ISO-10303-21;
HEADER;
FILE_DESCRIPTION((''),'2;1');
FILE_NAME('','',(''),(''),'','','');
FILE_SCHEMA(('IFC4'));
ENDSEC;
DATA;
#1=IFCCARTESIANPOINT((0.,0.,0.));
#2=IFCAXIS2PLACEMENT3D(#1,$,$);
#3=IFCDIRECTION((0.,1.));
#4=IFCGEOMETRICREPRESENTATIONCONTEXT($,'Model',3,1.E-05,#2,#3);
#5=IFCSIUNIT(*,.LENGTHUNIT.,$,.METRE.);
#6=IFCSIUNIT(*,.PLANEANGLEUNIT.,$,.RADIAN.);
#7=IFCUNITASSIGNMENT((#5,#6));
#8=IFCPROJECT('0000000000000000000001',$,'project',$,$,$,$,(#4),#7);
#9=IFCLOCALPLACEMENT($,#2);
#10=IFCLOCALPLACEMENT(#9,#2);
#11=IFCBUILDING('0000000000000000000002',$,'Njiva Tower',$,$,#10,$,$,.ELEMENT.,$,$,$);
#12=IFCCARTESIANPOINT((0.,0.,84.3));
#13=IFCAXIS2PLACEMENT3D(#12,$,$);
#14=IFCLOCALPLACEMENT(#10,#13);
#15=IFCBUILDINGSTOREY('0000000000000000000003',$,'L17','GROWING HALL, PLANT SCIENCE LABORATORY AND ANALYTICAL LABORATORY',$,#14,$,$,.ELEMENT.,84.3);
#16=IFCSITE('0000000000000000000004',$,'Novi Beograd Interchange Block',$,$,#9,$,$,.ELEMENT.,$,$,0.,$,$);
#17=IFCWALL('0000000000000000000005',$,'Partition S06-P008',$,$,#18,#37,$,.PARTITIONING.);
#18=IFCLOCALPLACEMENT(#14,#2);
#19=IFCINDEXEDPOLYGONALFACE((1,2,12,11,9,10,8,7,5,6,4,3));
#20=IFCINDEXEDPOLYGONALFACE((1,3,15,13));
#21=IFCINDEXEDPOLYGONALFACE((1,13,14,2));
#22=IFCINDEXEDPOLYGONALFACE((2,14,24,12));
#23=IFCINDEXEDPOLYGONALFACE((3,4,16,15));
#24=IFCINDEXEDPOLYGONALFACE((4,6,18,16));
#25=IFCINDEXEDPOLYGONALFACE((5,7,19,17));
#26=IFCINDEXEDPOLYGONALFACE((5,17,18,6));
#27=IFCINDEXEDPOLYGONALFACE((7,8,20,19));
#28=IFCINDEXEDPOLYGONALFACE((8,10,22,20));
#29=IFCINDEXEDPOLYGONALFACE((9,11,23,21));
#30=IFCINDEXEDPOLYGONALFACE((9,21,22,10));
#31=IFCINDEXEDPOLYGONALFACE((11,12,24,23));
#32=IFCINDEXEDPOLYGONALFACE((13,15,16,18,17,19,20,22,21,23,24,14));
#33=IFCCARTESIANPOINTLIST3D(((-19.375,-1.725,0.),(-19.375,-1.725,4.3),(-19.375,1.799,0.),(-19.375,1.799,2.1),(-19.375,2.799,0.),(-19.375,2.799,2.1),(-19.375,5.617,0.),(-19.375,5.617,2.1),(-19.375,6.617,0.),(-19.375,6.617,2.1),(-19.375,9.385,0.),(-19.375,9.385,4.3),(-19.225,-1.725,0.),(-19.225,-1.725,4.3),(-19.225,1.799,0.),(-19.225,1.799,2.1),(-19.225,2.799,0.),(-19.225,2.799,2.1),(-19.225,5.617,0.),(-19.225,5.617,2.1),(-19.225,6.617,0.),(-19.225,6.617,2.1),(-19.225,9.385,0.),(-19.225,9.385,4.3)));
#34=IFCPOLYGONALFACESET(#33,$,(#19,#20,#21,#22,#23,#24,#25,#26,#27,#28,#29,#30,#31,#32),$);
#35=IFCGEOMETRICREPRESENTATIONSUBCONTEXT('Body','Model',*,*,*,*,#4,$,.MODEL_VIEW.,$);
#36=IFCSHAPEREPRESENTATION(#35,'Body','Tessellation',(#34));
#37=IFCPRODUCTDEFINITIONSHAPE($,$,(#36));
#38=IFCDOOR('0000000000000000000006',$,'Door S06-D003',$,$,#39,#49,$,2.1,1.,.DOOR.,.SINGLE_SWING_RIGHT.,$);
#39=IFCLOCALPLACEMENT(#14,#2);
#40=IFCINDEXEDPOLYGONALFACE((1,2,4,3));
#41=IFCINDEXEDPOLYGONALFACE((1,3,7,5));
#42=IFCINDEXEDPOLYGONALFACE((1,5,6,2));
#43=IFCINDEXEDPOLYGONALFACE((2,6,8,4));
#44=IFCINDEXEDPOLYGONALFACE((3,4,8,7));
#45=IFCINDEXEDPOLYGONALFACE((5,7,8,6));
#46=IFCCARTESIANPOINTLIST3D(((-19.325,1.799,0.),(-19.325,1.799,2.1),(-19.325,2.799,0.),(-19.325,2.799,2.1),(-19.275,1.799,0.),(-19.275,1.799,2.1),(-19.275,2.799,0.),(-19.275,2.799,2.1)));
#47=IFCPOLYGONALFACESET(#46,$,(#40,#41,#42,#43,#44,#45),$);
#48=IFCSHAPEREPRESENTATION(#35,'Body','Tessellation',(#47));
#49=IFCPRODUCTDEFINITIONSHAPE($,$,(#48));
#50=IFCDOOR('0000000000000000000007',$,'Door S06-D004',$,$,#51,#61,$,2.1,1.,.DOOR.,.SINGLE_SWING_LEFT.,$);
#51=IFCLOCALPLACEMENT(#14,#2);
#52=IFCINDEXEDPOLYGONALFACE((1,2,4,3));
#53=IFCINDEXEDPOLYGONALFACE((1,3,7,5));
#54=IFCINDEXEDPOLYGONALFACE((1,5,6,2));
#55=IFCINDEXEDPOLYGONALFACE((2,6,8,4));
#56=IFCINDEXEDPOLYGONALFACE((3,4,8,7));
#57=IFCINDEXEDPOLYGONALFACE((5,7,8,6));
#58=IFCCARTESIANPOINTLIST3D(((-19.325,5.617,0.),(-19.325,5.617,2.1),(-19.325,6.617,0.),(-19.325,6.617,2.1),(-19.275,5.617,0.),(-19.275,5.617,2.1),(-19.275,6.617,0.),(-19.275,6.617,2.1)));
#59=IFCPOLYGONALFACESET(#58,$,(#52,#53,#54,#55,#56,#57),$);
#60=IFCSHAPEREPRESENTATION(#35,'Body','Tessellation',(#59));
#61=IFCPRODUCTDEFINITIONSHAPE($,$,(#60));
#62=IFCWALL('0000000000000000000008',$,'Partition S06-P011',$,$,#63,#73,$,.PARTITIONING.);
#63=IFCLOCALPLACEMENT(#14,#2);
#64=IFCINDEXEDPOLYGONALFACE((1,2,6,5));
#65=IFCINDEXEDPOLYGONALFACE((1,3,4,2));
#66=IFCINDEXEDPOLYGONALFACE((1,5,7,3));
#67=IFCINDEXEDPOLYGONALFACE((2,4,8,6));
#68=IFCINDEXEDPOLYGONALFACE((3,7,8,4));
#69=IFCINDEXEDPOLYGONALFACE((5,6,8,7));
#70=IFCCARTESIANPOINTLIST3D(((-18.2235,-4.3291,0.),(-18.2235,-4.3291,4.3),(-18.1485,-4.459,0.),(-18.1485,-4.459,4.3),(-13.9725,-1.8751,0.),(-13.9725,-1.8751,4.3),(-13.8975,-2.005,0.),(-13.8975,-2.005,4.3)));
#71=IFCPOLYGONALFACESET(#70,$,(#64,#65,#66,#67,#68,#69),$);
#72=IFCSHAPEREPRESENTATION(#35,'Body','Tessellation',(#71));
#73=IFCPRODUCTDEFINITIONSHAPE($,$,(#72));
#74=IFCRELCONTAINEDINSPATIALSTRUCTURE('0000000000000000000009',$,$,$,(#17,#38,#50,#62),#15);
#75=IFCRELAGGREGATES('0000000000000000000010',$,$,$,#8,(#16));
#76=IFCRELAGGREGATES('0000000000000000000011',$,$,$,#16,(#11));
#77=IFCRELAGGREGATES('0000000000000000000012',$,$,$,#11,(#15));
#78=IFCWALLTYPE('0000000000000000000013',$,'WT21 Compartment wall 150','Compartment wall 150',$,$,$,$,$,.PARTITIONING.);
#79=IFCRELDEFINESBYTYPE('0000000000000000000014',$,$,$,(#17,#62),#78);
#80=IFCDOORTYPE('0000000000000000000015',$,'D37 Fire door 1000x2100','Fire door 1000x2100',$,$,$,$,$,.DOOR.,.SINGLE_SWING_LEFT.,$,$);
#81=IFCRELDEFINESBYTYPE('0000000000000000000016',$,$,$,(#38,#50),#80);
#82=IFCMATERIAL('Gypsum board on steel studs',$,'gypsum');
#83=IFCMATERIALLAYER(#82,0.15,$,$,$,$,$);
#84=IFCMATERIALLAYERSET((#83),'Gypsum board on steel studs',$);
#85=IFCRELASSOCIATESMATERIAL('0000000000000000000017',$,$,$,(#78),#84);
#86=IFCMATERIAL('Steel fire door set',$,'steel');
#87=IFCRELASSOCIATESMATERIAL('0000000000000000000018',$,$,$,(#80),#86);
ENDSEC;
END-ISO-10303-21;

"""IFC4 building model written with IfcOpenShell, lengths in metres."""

from ifc_helpers import new_model, si_unit, direction, frame, frame_2d, origin, place, context, subcontext, project, spatial, rectangle, extrude, material, layer, layer_set, type_object, element, fill, save


model = new_model("IFC4")

# Units and contexts
model_context = context("Model", 3, precision=1e-05, world=origin(), true_north=direction((0.0, 1.0)))
body_context = subcontext(model_context, "Body", "Model", "MODEL_VIEW")
ifc_project = project(units=[si_unit("LENGTHUNIT", "METRE"), si_unit("PLANEANGLEUNIT", "RADIAN")], contexts=[model_context])

# Site, building, storey
site_placement = place(None, origin())
site = spatial("IfcSite", under=ifc_project, at=site_placement, Name="Novi Beograd Interchange Block", CompositionType="ELEMENT", RefElevation=0.0)
building_placement = place(site_placement, origin())
building = spatial("IfcBuilding", under=site, at=building_placement, Name="Njiva Tower", CompositionType="ELEMENT")
storey_placement = place(building_placement, frame((0.0, 0.0, 84.3)))
storey = spatial("IfcBuildingStorey", under=building, at=storey_placement, Name="L17", Description="GROWING HALL, PLANT SCIENCE LABORATORY AND ANALYTICAL LABORATORY", CompositionType="ELEMENT", Elevation=84.3)

# Shared definitions
ifc_material_1 = material(Name="Gypsum board on steel studs", Category="gypsum")

# Shared definitions
ifc_layer_1 = layer(ifc_material_1, 0.15)
ifc_layer_set_1 = layer_set([ifc_layer_1], Name="Gypsum board on steel studs")
wall_type_1 = type_object("IfcWallType", Name="WT21 Compartment wall 150", Description="Compartment wall 150", PredefinedType="PARTITIONING", material=ifc_layer_set_1)
ifc_material_2 = material(Name="Steel fire door set", Category="steel")
door_type = type_object("IfcDoorType", Name="D37 Fire door 1000x2100", Description="Fire door 1000x2100", OperationType="SINGLE_SWING_LEFT", PredefinedType="DOOR", material=ifc_material_2)

# Wall, openings, doors
wall_1_placement = place(storey_placement, frame((-19.3, -1.725, 0.0), z_axis=(0.0, 0.0, 1.0), x_axis=(0.0, 1.0, 0.0)))
wall_1 = element("IfcWall", 1, at=wall_1_placement, inside=storey, type_object=wall_type_1, Name="Partition S06-P008", PredefinedType="PARTITIONING", context=body_context, shape_type="SweptSolid", body=[
    extrude(rectangle(XDim=11.11, YDim=0.15, at=frame_2d((5.555, 0.0))), origin(), (0.0, 0.0, 1.0), 4.3),
])
opening_1_placement = place(wall_1_placement, frame((3.524, 0.0, 0.0)))
opening_1 = element("IfcOpeningElement", 2, at=opening_1_placement, cuts=wall_1, PredefinedType="OPENING", context=body_context, shape_type="SweptSolid", body=[
    extrude(rectangle(XDim=1.0, YDim=2.1, at=frame_2d((0.5, 1.05))), frame((0.0, 0.085, 0.0), z_axis=(0.0, -1.0, 0.0), x_axis=(1.0, 0.0, 0.0)), (0.0, 0.0, 1.0), 0.17),
])
opening_2_placement = place(wall_1_placement, frame((7.342, 0.0, 0.0)))
opening_2 = element("IfcOpeningElement", 3, at=opening_2_placement, cuts=wall_1, PredefinedType="OPENING", context=body_context, shape_type="SweptSolid", body=[
    extrude(rectangle(XDim=1.0, YDim=2.1, at=frame_2d((0.5, 1.05))), frame((0.0, 0.085, 0.0), z_axis=(0.0, -1.0, 0.0), x_axis=(1.0, 0.0, 0.0)), (0.0, 0.0, 1.0), 0.17),
])
door_1_placement = place(opening_1_placement, origin())
door_1 = element("IfcDoor", 4, at=door_1_placement, inside=storey, type_object=door_type, Name="Door S06-D003", OperationType="SINGLE_SWING_RIGHT", OverallHeight=2.1, OverallWidth=1.0, PredefinedType="DOOR", context=body_context, shape_type="SweptSolid", body=[
    extrude(rectangle(XDim=1.0, YDim=2.1, at=frame_2d((0.5, 1.05))), frame((0.0, 0.025, 0.0), z_axis=(0.0, -1.0, 0.0), x_axis=(1.0, 0.0, 0.0)), (0.0, 0.0, 1.0), 0.05),
])
fill(opening_1, door_1)
door_2_placement = place(opening_2_placement, origin())
door_2 = element("IfcDoor", 5, at=door_2_placement, inside=storey, type_object=door_type, Name="Door S06-D004", OperationType="SINGLE_SWING_LEFT", OverallHeight=2.1, OverallWidth=1.0, PredefinedType="DOOR", context=body_context, shape_type="SweptSolid", body=[
    extrude(rectangle(XDim=1.0, YDim=2.1, at=frame_2d((0.5, 1.05))), frame((0.0, 0.025, 0.0), z_axis=(0.0, -1.0, 0.0), x_axis=(1.0, 0.0, 0.0)), (0.0, 0.0, 1.0), 0.05),
])
fill(opening_2, door_2)

# Wall
wall_2_placement = place(storey_placement, frame((-18.186, -4.394, 0.0), z_axis=(0.0, 0.0, 1.0), x_axis=(0.866053, 0.499952, 0.0)))
element("IfcWall", 6, at=wall_2_placement, inside=storey, type_object=wall_type_1, Name="Partition S06-P011", PredefinedType="PARTITIONING", context=body_context, shape_type="SweptSolid", body=[
    extrude(rectangle(XDim=4.9085, YDim=0.15, at=frame_2d((2.4542, 0.0))), origin(), (0.0, 0.0, 1.0), 4.3),
])

save(model, "model.ifc")
